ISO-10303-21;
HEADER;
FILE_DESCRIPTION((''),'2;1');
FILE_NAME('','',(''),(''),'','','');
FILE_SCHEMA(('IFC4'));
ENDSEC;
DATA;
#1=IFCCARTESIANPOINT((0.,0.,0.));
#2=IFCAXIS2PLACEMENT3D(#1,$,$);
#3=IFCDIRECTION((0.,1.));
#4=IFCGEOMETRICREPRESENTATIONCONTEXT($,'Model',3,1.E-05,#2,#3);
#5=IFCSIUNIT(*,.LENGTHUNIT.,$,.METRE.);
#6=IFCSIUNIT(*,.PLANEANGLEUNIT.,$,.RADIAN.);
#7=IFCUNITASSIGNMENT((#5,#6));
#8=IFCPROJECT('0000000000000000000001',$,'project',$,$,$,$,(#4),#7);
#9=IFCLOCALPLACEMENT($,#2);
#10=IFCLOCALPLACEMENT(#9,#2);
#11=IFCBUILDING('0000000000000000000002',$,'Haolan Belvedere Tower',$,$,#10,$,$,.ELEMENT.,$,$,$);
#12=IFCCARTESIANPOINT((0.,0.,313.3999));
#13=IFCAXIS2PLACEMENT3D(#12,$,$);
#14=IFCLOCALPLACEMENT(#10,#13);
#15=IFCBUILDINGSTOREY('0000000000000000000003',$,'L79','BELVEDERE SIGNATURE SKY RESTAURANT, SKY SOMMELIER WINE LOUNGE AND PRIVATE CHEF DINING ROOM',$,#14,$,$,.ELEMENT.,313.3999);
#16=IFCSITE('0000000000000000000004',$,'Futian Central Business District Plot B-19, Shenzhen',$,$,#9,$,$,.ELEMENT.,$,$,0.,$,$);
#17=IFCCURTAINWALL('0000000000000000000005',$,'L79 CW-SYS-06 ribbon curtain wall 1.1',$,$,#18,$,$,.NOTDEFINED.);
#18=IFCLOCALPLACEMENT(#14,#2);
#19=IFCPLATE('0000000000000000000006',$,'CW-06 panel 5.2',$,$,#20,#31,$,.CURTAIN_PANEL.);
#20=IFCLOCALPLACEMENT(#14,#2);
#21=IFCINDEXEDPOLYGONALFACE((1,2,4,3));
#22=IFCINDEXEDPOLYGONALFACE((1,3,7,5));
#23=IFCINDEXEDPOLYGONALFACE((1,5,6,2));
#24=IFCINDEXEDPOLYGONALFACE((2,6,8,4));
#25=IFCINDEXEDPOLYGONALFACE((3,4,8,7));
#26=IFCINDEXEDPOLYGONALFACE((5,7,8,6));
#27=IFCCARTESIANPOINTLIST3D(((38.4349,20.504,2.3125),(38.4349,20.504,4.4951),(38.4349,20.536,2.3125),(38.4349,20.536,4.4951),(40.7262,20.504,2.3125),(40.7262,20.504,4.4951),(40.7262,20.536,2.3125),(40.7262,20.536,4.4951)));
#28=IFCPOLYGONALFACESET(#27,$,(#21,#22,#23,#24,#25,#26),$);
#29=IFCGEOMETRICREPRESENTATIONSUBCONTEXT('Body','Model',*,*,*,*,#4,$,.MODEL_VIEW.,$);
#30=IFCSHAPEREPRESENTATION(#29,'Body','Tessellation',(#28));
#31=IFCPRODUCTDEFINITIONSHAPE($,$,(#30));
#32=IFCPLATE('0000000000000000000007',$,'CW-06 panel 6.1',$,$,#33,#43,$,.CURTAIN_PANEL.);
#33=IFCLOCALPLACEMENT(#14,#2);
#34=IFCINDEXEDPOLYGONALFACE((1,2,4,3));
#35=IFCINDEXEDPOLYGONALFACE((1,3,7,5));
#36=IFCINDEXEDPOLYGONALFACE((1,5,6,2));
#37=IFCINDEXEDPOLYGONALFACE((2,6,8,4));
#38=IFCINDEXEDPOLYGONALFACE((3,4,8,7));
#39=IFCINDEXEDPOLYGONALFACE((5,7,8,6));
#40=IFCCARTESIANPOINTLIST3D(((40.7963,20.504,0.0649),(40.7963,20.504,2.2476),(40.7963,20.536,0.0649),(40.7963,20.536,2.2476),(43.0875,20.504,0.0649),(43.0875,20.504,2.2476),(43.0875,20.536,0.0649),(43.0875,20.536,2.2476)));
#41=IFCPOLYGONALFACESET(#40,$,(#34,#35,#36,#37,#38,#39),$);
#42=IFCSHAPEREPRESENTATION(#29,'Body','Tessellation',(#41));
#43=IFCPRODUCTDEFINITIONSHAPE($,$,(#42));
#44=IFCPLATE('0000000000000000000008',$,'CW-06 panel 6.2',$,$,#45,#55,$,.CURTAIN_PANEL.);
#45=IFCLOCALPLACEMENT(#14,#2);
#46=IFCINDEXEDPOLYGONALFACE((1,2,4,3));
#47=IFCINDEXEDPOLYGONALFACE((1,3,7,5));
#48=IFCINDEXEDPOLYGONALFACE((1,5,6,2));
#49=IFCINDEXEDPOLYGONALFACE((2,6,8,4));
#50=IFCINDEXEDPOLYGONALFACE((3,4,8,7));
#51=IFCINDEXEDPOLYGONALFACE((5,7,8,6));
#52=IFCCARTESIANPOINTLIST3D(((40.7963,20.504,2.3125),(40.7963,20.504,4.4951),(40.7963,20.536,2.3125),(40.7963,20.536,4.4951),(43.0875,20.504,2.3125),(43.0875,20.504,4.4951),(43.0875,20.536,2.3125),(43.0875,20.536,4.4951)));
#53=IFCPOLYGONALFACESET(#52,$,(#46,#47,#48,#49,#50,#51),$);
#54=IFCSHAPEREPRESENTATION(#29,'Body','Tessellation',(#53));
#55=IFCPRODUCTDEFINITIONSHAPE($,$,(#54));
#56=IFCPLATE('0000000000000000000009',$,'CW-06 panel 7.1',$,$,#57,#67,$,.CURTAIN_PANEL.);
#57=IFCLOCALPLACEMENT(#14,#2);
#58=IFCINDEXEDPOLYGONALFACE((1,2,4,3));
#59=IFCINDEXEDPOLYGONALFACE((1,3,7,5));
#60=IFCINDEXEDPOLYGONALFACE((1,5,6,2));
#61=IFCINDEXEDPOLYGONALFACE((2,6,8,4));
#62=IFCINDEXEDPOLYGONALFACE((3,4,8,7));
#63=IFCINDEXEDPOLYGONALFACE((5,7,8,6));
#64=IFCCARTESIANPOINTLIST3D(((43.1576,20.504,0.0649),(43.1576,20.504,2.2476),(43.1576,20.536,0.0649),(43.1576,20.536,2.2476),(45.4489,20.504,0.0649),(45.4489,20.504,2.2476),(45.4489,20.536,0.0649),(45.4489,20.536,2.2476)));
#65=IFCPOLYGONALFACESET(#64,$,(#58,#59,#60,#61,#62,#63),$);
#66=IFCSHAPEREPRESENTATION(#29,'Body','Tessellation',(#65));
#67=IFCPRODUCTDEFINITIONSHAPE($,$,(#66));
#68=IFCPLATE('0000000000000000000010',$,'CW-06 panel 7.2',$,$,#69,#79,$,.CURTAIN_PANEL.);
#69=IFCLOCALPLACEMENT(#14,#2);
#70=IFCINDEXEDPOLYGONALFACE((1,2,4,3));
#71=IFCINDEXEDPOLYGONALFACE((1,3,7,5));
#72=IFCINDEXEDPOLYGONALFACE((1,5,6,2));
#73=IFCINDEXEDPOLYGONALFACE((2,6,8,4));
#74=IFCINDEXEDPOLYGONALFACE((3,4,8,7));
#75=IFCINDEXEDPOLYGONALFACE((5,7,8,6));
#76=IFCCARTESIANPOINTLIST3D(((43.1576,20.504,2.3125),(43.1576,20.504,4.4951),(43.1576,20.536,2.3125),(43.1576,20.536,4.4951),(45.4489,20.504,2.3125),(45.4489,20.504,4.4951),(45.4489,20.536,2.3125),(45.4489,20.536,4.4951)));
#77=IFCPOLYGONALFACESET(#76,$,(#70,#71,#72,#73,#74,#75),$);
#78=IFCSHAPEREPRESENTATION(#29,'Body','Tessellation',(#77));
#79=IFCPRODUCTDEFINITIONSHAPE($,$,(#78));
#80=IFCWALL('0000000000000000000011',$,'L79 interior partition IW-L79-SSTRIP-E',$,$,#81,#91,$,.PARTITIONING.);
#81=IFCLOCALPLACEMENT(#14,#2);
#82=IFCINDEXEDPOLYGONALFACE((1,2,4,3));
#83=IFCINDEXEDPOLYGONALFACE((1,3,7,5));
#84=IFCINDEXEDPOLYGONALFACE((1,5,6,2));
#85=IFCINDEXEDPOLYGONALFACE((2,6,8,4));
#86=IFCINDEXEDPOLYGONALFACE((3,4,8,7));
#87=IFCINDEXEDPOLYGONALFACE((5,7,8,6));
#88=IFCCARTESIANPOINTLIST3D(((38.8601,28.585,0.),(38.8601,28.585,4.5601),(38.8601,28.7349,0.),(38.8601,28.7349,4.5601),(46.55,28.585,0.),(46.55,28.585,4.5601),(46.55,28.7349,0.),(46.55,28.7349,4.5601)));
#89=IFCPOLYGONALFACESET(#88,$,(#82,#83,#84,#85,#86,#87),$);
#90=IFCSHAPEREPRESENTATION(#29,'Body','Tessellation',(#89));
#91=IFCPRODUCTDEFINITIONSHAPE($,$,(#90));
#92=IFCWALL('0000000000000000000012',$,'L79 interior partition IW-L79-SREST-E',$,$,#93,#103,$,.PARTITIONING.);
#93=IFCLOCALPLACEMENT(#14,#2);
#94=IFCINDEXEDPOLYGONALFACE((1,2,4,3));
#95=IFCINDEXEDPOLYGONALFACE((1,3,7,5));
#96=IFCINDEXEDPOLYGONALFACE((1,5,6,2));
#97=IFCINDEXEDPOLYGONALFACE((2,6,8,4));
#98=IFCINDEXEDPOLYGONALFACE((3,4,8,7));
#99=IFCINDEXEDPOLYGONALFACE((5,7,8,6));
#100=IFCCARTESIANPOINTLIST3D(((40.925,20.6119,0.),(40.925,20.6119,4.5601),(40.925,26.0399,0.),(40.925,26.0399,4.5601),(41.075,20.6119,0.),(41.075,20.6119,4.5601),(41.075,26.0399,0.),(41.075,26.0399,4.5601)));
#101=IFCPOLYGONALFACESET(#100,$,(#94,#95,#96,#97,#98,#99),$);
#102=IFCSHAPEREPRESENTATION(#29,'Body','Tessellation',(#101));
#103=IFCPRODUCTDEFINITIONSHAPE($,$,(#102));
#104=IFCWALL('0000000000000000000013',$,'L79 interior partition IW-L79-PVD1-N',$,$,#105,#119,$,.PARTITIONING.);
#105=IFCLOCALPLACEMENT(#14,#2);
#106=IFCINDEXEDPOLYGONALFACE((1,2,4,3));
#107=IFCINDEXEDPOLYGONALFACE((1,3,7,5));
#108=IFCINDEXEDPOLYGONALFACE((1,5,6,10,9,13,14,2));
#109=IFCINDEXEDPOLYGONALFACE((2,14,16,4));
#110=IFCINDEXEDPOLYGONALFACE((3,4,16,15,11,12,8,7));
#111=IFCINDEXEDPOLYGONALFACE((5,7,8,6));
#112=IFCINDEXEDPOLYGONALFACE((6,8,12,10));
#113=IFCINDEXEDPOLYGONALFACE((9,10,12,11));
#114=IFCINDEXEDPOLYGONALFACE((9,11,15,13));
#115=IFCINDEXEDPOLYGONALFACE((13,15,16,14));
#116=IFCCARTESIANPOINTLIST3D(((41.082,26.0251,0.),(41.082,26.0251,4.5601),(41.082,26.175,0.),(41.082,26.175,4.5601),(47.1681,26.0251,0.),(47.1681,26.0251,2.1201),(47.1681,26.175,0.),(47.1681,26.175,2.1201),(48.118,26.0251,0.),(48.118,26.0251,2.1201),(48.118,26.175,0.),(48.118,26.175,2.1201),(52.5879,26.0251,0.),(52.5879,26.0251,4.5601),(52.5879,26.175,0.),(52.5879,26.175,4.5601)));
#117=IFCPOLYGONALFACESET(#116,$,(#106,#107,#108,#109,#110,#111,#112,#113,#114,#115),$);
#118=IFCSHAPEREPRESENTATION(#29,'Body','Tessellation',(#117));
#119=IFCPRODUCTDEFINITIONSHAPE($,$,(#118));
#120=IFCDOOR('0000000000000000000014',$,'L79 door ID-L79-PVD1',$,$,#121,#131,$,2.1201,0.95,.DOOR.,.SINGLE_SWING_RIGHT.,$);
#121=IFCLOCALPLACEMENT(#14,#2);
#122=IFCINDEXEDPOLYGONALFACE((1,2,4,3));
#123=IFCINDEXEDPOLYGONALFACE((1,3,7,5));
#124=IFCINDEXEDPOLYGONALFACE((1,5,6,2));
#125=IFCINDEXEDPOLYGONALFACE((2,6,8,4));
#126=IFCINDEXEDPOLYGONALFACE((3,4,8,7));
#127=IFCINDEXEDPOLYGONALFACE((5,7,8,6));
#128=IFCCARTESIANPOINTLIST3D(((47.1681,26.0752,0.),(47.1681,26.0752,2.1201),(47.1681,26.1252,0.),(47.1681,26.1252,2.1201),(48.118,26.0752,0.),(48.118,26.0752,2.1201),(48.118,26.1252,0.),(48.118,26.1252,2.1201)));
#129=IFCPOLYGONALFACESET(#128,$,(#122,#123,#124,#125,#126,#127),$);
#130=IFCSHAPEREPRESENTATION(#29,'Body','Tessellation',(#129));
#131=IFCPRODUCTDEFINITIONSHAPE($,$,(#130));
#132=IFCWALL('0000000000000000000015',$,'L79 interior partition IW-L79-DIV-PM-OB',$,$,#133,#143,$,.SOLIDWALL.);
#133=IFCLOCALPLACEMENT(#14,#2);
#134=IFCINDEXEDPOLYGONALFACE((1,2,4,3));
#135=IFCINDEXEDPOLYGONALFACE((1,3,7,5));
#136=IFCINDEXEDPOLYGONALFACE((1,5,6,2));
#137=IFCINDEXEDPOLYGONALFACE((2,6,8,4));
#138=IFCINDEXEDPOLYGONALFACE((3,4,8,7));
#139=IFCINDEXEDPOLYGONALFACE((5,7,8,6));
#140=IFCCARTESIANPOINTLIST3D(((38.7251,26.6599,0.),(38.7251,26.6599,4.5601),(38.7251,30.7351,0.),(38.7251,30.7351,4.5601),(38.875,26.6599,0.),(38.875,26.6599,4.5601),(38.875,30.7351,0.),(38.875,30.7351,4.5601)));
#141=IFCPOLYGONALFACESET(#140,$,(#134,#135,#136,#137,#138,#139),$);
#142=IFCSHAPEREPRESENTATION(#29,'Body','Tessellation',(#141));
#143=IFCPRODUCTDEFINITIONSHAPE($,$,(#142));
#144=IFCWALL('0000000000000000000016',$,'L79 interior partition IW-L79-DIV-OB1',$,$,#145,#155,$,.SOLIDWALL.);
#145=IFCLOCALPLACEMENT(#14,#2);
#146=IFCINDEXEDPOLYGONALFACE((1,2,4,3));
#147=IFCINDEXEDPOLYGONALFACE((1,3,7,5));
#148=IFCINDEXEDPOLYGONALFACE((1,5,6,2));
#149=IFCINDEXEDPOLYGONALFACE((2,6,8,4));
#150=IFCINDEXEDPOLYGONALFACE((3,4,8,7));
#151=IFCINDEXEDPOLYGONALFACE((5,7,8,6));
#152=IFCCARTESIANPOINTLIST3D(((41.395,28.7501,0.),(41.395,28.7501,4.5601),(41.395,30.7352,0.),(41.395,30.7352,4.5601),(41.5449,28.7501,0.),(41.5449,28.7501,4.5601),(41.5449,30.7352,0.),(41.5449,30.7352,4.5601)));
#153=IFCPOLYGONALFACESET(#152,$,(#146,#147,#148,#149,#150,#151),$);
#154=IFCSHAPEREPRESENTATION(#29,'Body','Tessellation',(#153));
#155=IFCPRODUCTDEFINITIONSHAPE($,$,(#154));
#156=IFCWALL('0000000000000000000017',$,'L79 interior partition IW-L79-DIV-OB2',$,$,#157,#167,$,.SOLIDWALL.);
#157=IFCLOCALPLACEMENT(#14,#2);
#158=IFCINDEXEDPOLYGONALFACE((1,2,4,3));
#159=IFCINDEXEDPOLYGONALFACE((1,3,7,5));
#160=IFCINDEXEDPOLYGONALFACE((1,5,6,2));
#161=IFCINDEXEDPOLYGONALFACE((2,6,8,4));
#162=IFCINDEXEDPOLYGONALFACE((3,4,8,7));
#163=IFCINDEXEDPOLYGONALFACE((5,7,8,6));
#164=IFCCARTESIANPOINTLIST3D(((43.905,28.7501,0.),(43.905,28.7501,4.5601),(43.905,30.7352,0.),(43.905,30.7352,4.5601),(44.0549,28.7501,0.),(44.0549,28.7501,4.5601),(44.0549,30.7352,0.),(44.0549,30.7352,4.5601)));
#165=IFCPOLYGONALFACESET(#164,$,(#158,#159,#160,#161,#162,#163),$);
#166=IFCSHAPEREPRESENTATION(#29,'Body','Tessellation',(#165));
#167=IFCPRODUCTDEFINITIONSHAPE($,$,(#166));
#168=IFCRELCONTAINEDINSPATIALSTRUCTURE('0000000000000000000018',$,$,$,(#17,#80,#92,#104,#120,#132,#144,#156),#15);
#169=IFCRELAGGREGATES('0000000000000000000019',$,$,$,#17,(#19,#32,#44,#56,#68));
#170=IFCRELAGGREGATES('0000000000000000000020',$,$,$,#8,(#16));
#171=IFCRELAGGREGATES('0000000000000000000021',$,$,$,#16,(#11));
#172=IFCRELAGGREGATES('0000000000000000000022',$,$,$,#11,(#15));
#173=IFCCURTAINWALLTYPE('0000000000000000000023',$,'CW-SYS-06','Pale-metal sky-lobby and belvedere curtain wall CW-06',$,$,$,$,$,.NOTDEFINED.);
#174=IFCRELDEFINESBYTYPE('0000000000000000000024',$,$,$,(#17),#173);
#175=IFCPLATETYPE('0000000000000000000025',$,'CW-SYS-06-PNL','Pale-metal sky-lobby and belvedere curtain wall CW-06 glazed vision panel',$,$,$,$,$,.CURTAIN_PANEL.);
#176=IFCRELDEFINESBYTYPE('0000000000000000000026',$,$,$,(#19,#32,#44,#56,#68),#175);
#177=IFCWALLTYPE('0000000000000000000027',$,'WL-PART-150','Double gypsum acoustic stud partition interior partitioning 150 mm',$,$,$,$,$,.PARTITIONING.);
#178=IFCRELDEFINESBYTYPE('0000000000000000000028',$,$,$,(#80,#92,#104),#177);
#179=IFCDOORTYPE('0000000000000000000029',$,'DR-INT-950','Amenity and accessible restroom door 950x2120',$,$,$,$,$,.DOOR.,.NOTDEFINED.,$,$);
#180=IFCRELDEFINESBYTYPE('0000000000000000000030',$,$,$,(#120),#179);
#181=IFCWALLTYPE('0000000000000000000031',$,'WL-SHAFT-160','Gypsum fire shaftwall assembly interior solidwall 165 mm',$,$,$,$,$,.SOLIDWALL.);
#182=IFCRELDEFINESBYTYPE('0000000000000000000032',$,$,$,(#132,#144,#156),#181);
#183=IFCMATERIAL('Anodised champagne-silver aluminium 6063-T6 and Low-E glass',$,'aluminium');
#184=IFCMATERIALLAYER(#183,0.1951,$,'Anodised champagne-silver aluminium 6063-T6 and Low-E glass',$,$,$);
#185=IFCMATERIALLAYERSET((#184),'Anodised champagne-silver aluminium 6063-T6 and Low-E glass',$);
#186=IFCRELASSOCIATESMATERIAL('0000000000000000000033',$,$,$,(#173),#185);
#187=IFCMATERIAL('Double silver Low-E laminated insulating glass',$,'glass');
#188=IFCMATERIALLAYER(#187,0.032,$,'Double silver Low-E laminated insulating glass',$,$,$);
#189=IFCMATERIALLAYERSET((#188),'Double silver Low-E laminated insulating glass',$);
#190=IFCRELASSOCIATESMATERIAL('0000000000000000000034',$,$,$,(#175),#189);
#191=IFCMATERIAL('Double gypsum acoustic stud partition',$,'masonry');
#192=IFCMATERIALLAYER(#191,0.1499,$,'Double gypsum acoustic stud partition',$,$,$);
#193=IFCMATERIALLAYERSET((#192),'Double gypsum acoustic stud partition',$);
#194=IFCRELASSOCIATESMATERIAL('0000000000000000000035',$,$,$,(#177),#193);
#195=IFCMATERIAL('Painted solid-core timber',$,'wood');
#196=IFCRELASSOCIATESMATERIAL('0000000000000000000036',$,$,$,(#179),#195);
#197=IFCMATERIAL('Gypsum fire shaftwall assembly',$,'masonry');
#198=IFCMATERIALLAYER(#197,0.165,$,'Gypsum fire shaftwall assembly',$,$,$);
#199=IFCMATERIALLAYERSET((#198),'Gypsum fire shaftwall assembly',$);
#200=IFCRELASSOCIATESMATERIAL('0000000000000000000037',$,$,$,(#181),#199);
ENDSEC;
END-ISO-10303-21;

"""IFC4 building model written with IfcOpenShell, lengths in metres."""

from ifc_helpers import new_model, si_unit, direction, frame, frame_2d, origin, origin_2d, place, context, subcontext, project, spatial, rectangle, extrude, material, layer, layer_set, type_object, element, fill, aggregate, save


model = new_model("IFC4")

# Units and contexts
model_context = context("Model", 3, precision=1e-05, world=origin(), true_north=direction((0.0, 1.0)))
body_context = subcontext(model_context, "Body", "Model", "MODEL_VIEW")
ifc_project = project(units=[si_unit("LENGTHUNIT", "METRE"), si_unit("PLANEANGLEUNIT", "RADIAN")], contexts=[model_context])

# Site, building, storey
site_placement = place(None, origin())
site = spatial("IfcSite", under=ifc_project, at=site_placement, Name="Futian Central Business District Plot B-19, Shenzhen", CompositionType="ELEMENT", RefElevation=0.0)
building_placement = place(site_placement, origin())
building = spatial("IfcBuilding", under=site, at=building_placement, Name="Haolan Belvedere Tower", CompositionType="ELEMENT")
storey_placement = place(building_placement, frame((0.0, 0.0, 313.3999)))
storey = spatial("IfcBuildingStorey", under=building, at=storey_placement, Name="L79", Description="BELVEDERE SIGNATURE SKY RESTAURANT, SKY SOMMELIER WINE LOUNGE AND PRIVATE CHEF DINING ROOM", CompositionType="ELEMENT", Elevation=313.3999)

# Curtain wall, plates
ifc_material_1 = material(Name="Anodised champagne-silver aluminium 6063-T6 and Low-E glass", Category="aluminium")
ifc_layer_1 = layer(ifc_material_1, 0.1951, Name="Anodised champagne-silver aluminium 6063-T6 and Low-E glass")
ifc_layer_set_1 = layer_set([ifc_layer_1], Name="Anodised champagne-silver aluminium 6063-T6 and Low-E glass")
curtain_wall_type = type_object("IfcCurtainWallType", Name="CW-SYS-06", Description="Pale-metal sky-lobby and belvedere curtain wall CW-06", PredefinedType="NOTDEFINED", material=ifc_layer_set_1)
curtain_wall_placement = place(storey_placement, origin())
curtain_wall = element("IfcCurtainWall", 1, at=curtain_wall_placement, inside=storey, type_object=curtain_wall_type, Name="L79 CW-SYS-06 ribbon curtain wall 1.1", PredefinedType="NOTDEFINED")
ifc_material_2 = material(Name="Double silver Low-E laminated insulating glass", Category="glass")
ifc_layer_2 = layer(ifc_material_2, 0.032, Name="Double silver Low-E laminated insulating glass")
ifc_layer_set_2 = layer_set([ifc_layer_2], Name="Double silver Low-E laminated insulating glass")
plate_type = type_object("IfcPlateType", Name="CW-SYS-06-PNL", Description="Pale-metal sky-lobby and belvedere curtain wall CW-06 glazed vision panel", PredefinedType="CURTAIN_PANEL", material=ifc_layer_set_2)
plate_1_placement = place(storey_placement, frame((39.5806, 20.52, 2.3125), z_axis=(0.0, 0.0, 1.0), x_axis=(1.0, 0.0, 0.0)))
plate_1 = element("IfcPlate", 2, at=plate_1_placement, type_object=plate_type, Name="CW-06 panel 5.2", PredefinedType="CURTAIN_PANEL", context=body_context, shape_type="SweptSolid", body=[
    extrude(rectangle(XDim=2.2913, YDim=0.032, at=origin_2d()), origin(), (0.0, 0.0, 1.0), 2.1826),
])
plate_2_placement = place(storey_placement, frame((41.9419, 20.52, 0.0649), z_axis=(0.0, 0.0, 1.0), x_axis=(1.0, 0.0, 0.0)))
plate_2 = element("IfcPlate", 3, at=plate_2_placement, type_object=plate_type, Name="CW-06 panel 6.1", PredefinedType="CURTAIN_PANEL", context=body_context, shape_type="SweptSolid", body=[
    extrude(rectangle(XDim=2.2913, YDim=0.032, at=origin_2d()), origin(), (0.0, 0.0, 1.0), 2.1826),
])
plate_3_placement = place(storey_placement, frame((41.9419, 20.52, 2.3125), z_axis=(0.0, 0.0, 1.0), x_axis=(1.0, 0.0, 0.0)))
plate_3 = element("IfcPlate", 4, at=plate_3_placement, type_object=plate_type, Name="CW-06 panel 6.2", PredefinedType="CURTAIN_PANEL", context=body_context, shape_type="SweptSolid", body=[
    extrude(rectangle(XDim=2.2913, YDim=0.032, at=origin_2d()), origin(), (0.0, 0.0, 1.0), 2.1826),
])
plate_4_placement = place(storey_placement, frame((44.3032, 20.52, 0.0649), z_axis=(0.0, 0.0, 1.0), x_axis=(1.0, 0.0, 0.0)))
plate_4 = element("IfcPlate", 5, at=plate_4_placement, type_object=plate_type, Name="CW-06 panel 7.1", PredefinedType="CURTAIN_PANEL", context=body_context, shape_type="SweptSolid", body=[
    extrude(rectangle(XDim=2.2913, YDim=0.032, at=origin_2d()), origin(), (0.0, 0.0, 1.0), 2.1826),
])
plate_5_placement = place(storey_placement, frame((44.3032, 20.52, 2.3125), z_axis=(0.0, 0.0, 1.0), x_axis=(1.0, 0.0, 0.0)))
plate_5 = element("IfcPlate", 6, at=plate_5_placement, type_object=plate_type, Name="CW-06 panel 7.2", PredefinedType="CURTAIN_PANEL", context=body_context, shape_type="SweptSolid", body=[
    extrude(rectangle(XDim=2.2913, YDim=0.032, at=origin_2d()), origin(), (0.0, 0.0, 1.0), 2.1826),
])
aggregate(curtain_wall, [plate_1, plate_2, plate_3, plate_4, plate_5])

# Walls
ifc_material_3 = material(Name="Double gypsum acoustic stud partition", Category="masonry")
ifc_layer_3 = layer(ifc_material_3, 0.1499, Name="Double gypsum acoustic stud partition")
ifc_layer_set_3 = layer_set([ifc_layer_3], Name="Double gypsum acoustic stud partition")
wall_type_1 = type_object("IfcWallType", Name="WL-PART-150", Description="Double gypsum acoustic stud partition interior partitioning 150 mm", PredefinedType="PARTITIONING", material=ifc_layer_set_3)
wall_1_placement = place(storey_placement, frame((38.8601, 28.6599, 0.0), z_axis=(0.0, 0.0, 1.0), x_axis=(1.0, 0.0, 0.0)))
element("IfcWall", 7, at=wall_1_placement, inside=storey, type_object=wall_type_1, Name="L79 interior partition IW-L79-SSTRIP-E", PredefinedType="PARTITIONING", context=body_context, shape_type="SweptSolid", body=[
    extrude(rectangle(XDim=7.6899, YDim=0.1499, at=frame_2d((3.845, 0.0))), origin(), (0.0, 0.0, 1.0), 4.5601),
])
wall_2_placement = place(storey_placement, frame((41.0, 20.6121, 0.0), z_axis=(0.0, 0.0, 1.0), x_axis=(0.0, 1.0, 0.0)))
element("IfcWall", 8, at=wall_2_placement, inside=storey, type_object=wall_type_1, Name="L79 interior partition IW-L79-SREST-E", PredefinedType="PARTITIONING", context=body_context, shape_type="SweptSolid", body=[
    extrude(rectangle(XDim=5.428, YDim=0.1499, at=frame_2d((2.7139, 0.0))), origin(), (0.0, 0.0, 1.0), 4.5601),
])

# Wall, opening, door
wall_3_placement = place(storey_placement, frame((41.082, 26.1001, 0.0), z_axis=(0.0, 0.0, 1.0), x_axis=(1.0, 0.0, 0.0)))
wall_3 = element("IfcWall", 9, at=wall_3_placement, inside=storey, type_object=wall_type_1, Name="L79 interior partition IW-L79-PVD1-N", PredefinedType="PARTITIONING", context=body_context, shape_type="SweptSolid", body=[
    extrude(rectangle(XDim=11.5059, YDim=0.1499, at=frame_2d((5.7529, 0.0))), origin(), (0.0, 0.0, 1.0), 4.5601),
])
opening_placement = place(wall_3_placement, frame((7.0361, 0.0, 0.0), z_axis=(0.0, 0.0, 1.0), x_axis=(-1.0, 0.0, 0.0)))
opening = element("IfcOpeningElement", 10, at=opening_placement, cuts=wall_3, PredefinedType="OPENING", context=body_context, shape_type="SweptSolid", body=[
    extrude(rectangle(XDim=0.95, YDim=2.1201, at=frame_2d((0.4751, 1.0601))), frame((0.0, 0.085, 0.0), z_axis=(0.0, -1.0, 0.0), x_axis=(1.0, 0.0, 0.0)), (0.0, 0.0, 1.0), 0.1699),
])
ifc_material_4 = material(Name="Painted solid-core timber", Category="wood")
door_type = type_object("IfcDoorType", Name="DR-INT-950", Description="Amenity and accessible restroom door 950x2120", OperationType="NOTDEFINED", PredefinedType="DOOR", material=ifc_material_4)
door_placement = place(opening_placement, origin())
door = element("IfcDoor", 11, at=door_placement, inside=storey, type_object=door_type, Name="L79 door ID-L79-PVD1", OperationType="SINGLE_SWING_RIGHT", OverallHeight=2.1201, OverallWidth=0.95, PredefinedType="DOOR", context=body_context, shape_type="SweptSolid", body=[
    extrude(rectangle(XDim=0.95, YDim=2.1201, at=frame_2d((0.4751, 1.0601))), frame((0.0, 0.0249, 0.0), z_axis=(0.0, -1.0, 0.0), x_axis=(1.0, 0.0, 0.0)), (0.0, 0.0, 1.0), 0.05),
])
fill(opening, door)

# Walls
ifc_material_5 = material(Name="Gypsum fire shaftwall assembly", Category="masonry")
ifc_layer_4 = layer(ifc_material_5, 0.165, Name="Gypsum fire shaftwall assembly")
ifc_layer_set_4 = layer_set([ifc_layer_4], Name="Gypsum fire shaftwall assembly")
wall_type_2 = type_object("IfcWallType", Name="WL-SHAFT-160", Description="Gypsum fire shaftwall assembly interior solidwall 165 mm", PredefinedType="SOLIDWALL", material=ifc_layer_set_4)
wall_4_placement = place(storey_placement, frame((38.8, 26.6599, 0.0), z_axis=(0.0, 0.0, 1.0), x_axis=(0.0, 1.0, 0.0)))
element("IfcWall", 12, at=wall_4_placement, inside=storey, type_object=wall_type_2, Name="L79 interior partition IW-L79-DIV-PM-OB", PredefinedType="SOLIDWALL", context=body_context, shape_type="SweptSolid", body=[
    extrude(rectangle(XDim=4.0752, YDim=0.1499, at=frame_2d((2.0376, 0.0))), origin(), (0.0, 0.0, 1.0), 4.5601),
])
for number, where, z_axis, x_axis, name in (
    (13, (41.47, 28.75, 0.0), (0.0, 0.0, 1.0), (0.0, 1.0, 0.0), "L79 interior partition IW-L79-DIV-OB1"),
    (14, (43.98, 28.75, 0.0), (0.0, 0.0, 1.0), (0.0, 1.0, 0.0), "L79 interior partition IW-L79-DIV-OB2"),
):
    element("IfcWall", number, at=place(storey_placement, frame(where, z_axis=z_axis, x_axis=x_axis)), inside=storey, type_object=wall_type_2, Name=name, PredefinedType="SOLIDWALL", context=body_context, shape_type="SweptSolid", body=[
        extrude(rectangle(XDim=1.9851, YDim=0.1499, at=frame_2d((0.9927, 0.0))), origin(), (0.0, 0.0, 1.0), 4.5601),
    ])

save(model, "model.ifc")
